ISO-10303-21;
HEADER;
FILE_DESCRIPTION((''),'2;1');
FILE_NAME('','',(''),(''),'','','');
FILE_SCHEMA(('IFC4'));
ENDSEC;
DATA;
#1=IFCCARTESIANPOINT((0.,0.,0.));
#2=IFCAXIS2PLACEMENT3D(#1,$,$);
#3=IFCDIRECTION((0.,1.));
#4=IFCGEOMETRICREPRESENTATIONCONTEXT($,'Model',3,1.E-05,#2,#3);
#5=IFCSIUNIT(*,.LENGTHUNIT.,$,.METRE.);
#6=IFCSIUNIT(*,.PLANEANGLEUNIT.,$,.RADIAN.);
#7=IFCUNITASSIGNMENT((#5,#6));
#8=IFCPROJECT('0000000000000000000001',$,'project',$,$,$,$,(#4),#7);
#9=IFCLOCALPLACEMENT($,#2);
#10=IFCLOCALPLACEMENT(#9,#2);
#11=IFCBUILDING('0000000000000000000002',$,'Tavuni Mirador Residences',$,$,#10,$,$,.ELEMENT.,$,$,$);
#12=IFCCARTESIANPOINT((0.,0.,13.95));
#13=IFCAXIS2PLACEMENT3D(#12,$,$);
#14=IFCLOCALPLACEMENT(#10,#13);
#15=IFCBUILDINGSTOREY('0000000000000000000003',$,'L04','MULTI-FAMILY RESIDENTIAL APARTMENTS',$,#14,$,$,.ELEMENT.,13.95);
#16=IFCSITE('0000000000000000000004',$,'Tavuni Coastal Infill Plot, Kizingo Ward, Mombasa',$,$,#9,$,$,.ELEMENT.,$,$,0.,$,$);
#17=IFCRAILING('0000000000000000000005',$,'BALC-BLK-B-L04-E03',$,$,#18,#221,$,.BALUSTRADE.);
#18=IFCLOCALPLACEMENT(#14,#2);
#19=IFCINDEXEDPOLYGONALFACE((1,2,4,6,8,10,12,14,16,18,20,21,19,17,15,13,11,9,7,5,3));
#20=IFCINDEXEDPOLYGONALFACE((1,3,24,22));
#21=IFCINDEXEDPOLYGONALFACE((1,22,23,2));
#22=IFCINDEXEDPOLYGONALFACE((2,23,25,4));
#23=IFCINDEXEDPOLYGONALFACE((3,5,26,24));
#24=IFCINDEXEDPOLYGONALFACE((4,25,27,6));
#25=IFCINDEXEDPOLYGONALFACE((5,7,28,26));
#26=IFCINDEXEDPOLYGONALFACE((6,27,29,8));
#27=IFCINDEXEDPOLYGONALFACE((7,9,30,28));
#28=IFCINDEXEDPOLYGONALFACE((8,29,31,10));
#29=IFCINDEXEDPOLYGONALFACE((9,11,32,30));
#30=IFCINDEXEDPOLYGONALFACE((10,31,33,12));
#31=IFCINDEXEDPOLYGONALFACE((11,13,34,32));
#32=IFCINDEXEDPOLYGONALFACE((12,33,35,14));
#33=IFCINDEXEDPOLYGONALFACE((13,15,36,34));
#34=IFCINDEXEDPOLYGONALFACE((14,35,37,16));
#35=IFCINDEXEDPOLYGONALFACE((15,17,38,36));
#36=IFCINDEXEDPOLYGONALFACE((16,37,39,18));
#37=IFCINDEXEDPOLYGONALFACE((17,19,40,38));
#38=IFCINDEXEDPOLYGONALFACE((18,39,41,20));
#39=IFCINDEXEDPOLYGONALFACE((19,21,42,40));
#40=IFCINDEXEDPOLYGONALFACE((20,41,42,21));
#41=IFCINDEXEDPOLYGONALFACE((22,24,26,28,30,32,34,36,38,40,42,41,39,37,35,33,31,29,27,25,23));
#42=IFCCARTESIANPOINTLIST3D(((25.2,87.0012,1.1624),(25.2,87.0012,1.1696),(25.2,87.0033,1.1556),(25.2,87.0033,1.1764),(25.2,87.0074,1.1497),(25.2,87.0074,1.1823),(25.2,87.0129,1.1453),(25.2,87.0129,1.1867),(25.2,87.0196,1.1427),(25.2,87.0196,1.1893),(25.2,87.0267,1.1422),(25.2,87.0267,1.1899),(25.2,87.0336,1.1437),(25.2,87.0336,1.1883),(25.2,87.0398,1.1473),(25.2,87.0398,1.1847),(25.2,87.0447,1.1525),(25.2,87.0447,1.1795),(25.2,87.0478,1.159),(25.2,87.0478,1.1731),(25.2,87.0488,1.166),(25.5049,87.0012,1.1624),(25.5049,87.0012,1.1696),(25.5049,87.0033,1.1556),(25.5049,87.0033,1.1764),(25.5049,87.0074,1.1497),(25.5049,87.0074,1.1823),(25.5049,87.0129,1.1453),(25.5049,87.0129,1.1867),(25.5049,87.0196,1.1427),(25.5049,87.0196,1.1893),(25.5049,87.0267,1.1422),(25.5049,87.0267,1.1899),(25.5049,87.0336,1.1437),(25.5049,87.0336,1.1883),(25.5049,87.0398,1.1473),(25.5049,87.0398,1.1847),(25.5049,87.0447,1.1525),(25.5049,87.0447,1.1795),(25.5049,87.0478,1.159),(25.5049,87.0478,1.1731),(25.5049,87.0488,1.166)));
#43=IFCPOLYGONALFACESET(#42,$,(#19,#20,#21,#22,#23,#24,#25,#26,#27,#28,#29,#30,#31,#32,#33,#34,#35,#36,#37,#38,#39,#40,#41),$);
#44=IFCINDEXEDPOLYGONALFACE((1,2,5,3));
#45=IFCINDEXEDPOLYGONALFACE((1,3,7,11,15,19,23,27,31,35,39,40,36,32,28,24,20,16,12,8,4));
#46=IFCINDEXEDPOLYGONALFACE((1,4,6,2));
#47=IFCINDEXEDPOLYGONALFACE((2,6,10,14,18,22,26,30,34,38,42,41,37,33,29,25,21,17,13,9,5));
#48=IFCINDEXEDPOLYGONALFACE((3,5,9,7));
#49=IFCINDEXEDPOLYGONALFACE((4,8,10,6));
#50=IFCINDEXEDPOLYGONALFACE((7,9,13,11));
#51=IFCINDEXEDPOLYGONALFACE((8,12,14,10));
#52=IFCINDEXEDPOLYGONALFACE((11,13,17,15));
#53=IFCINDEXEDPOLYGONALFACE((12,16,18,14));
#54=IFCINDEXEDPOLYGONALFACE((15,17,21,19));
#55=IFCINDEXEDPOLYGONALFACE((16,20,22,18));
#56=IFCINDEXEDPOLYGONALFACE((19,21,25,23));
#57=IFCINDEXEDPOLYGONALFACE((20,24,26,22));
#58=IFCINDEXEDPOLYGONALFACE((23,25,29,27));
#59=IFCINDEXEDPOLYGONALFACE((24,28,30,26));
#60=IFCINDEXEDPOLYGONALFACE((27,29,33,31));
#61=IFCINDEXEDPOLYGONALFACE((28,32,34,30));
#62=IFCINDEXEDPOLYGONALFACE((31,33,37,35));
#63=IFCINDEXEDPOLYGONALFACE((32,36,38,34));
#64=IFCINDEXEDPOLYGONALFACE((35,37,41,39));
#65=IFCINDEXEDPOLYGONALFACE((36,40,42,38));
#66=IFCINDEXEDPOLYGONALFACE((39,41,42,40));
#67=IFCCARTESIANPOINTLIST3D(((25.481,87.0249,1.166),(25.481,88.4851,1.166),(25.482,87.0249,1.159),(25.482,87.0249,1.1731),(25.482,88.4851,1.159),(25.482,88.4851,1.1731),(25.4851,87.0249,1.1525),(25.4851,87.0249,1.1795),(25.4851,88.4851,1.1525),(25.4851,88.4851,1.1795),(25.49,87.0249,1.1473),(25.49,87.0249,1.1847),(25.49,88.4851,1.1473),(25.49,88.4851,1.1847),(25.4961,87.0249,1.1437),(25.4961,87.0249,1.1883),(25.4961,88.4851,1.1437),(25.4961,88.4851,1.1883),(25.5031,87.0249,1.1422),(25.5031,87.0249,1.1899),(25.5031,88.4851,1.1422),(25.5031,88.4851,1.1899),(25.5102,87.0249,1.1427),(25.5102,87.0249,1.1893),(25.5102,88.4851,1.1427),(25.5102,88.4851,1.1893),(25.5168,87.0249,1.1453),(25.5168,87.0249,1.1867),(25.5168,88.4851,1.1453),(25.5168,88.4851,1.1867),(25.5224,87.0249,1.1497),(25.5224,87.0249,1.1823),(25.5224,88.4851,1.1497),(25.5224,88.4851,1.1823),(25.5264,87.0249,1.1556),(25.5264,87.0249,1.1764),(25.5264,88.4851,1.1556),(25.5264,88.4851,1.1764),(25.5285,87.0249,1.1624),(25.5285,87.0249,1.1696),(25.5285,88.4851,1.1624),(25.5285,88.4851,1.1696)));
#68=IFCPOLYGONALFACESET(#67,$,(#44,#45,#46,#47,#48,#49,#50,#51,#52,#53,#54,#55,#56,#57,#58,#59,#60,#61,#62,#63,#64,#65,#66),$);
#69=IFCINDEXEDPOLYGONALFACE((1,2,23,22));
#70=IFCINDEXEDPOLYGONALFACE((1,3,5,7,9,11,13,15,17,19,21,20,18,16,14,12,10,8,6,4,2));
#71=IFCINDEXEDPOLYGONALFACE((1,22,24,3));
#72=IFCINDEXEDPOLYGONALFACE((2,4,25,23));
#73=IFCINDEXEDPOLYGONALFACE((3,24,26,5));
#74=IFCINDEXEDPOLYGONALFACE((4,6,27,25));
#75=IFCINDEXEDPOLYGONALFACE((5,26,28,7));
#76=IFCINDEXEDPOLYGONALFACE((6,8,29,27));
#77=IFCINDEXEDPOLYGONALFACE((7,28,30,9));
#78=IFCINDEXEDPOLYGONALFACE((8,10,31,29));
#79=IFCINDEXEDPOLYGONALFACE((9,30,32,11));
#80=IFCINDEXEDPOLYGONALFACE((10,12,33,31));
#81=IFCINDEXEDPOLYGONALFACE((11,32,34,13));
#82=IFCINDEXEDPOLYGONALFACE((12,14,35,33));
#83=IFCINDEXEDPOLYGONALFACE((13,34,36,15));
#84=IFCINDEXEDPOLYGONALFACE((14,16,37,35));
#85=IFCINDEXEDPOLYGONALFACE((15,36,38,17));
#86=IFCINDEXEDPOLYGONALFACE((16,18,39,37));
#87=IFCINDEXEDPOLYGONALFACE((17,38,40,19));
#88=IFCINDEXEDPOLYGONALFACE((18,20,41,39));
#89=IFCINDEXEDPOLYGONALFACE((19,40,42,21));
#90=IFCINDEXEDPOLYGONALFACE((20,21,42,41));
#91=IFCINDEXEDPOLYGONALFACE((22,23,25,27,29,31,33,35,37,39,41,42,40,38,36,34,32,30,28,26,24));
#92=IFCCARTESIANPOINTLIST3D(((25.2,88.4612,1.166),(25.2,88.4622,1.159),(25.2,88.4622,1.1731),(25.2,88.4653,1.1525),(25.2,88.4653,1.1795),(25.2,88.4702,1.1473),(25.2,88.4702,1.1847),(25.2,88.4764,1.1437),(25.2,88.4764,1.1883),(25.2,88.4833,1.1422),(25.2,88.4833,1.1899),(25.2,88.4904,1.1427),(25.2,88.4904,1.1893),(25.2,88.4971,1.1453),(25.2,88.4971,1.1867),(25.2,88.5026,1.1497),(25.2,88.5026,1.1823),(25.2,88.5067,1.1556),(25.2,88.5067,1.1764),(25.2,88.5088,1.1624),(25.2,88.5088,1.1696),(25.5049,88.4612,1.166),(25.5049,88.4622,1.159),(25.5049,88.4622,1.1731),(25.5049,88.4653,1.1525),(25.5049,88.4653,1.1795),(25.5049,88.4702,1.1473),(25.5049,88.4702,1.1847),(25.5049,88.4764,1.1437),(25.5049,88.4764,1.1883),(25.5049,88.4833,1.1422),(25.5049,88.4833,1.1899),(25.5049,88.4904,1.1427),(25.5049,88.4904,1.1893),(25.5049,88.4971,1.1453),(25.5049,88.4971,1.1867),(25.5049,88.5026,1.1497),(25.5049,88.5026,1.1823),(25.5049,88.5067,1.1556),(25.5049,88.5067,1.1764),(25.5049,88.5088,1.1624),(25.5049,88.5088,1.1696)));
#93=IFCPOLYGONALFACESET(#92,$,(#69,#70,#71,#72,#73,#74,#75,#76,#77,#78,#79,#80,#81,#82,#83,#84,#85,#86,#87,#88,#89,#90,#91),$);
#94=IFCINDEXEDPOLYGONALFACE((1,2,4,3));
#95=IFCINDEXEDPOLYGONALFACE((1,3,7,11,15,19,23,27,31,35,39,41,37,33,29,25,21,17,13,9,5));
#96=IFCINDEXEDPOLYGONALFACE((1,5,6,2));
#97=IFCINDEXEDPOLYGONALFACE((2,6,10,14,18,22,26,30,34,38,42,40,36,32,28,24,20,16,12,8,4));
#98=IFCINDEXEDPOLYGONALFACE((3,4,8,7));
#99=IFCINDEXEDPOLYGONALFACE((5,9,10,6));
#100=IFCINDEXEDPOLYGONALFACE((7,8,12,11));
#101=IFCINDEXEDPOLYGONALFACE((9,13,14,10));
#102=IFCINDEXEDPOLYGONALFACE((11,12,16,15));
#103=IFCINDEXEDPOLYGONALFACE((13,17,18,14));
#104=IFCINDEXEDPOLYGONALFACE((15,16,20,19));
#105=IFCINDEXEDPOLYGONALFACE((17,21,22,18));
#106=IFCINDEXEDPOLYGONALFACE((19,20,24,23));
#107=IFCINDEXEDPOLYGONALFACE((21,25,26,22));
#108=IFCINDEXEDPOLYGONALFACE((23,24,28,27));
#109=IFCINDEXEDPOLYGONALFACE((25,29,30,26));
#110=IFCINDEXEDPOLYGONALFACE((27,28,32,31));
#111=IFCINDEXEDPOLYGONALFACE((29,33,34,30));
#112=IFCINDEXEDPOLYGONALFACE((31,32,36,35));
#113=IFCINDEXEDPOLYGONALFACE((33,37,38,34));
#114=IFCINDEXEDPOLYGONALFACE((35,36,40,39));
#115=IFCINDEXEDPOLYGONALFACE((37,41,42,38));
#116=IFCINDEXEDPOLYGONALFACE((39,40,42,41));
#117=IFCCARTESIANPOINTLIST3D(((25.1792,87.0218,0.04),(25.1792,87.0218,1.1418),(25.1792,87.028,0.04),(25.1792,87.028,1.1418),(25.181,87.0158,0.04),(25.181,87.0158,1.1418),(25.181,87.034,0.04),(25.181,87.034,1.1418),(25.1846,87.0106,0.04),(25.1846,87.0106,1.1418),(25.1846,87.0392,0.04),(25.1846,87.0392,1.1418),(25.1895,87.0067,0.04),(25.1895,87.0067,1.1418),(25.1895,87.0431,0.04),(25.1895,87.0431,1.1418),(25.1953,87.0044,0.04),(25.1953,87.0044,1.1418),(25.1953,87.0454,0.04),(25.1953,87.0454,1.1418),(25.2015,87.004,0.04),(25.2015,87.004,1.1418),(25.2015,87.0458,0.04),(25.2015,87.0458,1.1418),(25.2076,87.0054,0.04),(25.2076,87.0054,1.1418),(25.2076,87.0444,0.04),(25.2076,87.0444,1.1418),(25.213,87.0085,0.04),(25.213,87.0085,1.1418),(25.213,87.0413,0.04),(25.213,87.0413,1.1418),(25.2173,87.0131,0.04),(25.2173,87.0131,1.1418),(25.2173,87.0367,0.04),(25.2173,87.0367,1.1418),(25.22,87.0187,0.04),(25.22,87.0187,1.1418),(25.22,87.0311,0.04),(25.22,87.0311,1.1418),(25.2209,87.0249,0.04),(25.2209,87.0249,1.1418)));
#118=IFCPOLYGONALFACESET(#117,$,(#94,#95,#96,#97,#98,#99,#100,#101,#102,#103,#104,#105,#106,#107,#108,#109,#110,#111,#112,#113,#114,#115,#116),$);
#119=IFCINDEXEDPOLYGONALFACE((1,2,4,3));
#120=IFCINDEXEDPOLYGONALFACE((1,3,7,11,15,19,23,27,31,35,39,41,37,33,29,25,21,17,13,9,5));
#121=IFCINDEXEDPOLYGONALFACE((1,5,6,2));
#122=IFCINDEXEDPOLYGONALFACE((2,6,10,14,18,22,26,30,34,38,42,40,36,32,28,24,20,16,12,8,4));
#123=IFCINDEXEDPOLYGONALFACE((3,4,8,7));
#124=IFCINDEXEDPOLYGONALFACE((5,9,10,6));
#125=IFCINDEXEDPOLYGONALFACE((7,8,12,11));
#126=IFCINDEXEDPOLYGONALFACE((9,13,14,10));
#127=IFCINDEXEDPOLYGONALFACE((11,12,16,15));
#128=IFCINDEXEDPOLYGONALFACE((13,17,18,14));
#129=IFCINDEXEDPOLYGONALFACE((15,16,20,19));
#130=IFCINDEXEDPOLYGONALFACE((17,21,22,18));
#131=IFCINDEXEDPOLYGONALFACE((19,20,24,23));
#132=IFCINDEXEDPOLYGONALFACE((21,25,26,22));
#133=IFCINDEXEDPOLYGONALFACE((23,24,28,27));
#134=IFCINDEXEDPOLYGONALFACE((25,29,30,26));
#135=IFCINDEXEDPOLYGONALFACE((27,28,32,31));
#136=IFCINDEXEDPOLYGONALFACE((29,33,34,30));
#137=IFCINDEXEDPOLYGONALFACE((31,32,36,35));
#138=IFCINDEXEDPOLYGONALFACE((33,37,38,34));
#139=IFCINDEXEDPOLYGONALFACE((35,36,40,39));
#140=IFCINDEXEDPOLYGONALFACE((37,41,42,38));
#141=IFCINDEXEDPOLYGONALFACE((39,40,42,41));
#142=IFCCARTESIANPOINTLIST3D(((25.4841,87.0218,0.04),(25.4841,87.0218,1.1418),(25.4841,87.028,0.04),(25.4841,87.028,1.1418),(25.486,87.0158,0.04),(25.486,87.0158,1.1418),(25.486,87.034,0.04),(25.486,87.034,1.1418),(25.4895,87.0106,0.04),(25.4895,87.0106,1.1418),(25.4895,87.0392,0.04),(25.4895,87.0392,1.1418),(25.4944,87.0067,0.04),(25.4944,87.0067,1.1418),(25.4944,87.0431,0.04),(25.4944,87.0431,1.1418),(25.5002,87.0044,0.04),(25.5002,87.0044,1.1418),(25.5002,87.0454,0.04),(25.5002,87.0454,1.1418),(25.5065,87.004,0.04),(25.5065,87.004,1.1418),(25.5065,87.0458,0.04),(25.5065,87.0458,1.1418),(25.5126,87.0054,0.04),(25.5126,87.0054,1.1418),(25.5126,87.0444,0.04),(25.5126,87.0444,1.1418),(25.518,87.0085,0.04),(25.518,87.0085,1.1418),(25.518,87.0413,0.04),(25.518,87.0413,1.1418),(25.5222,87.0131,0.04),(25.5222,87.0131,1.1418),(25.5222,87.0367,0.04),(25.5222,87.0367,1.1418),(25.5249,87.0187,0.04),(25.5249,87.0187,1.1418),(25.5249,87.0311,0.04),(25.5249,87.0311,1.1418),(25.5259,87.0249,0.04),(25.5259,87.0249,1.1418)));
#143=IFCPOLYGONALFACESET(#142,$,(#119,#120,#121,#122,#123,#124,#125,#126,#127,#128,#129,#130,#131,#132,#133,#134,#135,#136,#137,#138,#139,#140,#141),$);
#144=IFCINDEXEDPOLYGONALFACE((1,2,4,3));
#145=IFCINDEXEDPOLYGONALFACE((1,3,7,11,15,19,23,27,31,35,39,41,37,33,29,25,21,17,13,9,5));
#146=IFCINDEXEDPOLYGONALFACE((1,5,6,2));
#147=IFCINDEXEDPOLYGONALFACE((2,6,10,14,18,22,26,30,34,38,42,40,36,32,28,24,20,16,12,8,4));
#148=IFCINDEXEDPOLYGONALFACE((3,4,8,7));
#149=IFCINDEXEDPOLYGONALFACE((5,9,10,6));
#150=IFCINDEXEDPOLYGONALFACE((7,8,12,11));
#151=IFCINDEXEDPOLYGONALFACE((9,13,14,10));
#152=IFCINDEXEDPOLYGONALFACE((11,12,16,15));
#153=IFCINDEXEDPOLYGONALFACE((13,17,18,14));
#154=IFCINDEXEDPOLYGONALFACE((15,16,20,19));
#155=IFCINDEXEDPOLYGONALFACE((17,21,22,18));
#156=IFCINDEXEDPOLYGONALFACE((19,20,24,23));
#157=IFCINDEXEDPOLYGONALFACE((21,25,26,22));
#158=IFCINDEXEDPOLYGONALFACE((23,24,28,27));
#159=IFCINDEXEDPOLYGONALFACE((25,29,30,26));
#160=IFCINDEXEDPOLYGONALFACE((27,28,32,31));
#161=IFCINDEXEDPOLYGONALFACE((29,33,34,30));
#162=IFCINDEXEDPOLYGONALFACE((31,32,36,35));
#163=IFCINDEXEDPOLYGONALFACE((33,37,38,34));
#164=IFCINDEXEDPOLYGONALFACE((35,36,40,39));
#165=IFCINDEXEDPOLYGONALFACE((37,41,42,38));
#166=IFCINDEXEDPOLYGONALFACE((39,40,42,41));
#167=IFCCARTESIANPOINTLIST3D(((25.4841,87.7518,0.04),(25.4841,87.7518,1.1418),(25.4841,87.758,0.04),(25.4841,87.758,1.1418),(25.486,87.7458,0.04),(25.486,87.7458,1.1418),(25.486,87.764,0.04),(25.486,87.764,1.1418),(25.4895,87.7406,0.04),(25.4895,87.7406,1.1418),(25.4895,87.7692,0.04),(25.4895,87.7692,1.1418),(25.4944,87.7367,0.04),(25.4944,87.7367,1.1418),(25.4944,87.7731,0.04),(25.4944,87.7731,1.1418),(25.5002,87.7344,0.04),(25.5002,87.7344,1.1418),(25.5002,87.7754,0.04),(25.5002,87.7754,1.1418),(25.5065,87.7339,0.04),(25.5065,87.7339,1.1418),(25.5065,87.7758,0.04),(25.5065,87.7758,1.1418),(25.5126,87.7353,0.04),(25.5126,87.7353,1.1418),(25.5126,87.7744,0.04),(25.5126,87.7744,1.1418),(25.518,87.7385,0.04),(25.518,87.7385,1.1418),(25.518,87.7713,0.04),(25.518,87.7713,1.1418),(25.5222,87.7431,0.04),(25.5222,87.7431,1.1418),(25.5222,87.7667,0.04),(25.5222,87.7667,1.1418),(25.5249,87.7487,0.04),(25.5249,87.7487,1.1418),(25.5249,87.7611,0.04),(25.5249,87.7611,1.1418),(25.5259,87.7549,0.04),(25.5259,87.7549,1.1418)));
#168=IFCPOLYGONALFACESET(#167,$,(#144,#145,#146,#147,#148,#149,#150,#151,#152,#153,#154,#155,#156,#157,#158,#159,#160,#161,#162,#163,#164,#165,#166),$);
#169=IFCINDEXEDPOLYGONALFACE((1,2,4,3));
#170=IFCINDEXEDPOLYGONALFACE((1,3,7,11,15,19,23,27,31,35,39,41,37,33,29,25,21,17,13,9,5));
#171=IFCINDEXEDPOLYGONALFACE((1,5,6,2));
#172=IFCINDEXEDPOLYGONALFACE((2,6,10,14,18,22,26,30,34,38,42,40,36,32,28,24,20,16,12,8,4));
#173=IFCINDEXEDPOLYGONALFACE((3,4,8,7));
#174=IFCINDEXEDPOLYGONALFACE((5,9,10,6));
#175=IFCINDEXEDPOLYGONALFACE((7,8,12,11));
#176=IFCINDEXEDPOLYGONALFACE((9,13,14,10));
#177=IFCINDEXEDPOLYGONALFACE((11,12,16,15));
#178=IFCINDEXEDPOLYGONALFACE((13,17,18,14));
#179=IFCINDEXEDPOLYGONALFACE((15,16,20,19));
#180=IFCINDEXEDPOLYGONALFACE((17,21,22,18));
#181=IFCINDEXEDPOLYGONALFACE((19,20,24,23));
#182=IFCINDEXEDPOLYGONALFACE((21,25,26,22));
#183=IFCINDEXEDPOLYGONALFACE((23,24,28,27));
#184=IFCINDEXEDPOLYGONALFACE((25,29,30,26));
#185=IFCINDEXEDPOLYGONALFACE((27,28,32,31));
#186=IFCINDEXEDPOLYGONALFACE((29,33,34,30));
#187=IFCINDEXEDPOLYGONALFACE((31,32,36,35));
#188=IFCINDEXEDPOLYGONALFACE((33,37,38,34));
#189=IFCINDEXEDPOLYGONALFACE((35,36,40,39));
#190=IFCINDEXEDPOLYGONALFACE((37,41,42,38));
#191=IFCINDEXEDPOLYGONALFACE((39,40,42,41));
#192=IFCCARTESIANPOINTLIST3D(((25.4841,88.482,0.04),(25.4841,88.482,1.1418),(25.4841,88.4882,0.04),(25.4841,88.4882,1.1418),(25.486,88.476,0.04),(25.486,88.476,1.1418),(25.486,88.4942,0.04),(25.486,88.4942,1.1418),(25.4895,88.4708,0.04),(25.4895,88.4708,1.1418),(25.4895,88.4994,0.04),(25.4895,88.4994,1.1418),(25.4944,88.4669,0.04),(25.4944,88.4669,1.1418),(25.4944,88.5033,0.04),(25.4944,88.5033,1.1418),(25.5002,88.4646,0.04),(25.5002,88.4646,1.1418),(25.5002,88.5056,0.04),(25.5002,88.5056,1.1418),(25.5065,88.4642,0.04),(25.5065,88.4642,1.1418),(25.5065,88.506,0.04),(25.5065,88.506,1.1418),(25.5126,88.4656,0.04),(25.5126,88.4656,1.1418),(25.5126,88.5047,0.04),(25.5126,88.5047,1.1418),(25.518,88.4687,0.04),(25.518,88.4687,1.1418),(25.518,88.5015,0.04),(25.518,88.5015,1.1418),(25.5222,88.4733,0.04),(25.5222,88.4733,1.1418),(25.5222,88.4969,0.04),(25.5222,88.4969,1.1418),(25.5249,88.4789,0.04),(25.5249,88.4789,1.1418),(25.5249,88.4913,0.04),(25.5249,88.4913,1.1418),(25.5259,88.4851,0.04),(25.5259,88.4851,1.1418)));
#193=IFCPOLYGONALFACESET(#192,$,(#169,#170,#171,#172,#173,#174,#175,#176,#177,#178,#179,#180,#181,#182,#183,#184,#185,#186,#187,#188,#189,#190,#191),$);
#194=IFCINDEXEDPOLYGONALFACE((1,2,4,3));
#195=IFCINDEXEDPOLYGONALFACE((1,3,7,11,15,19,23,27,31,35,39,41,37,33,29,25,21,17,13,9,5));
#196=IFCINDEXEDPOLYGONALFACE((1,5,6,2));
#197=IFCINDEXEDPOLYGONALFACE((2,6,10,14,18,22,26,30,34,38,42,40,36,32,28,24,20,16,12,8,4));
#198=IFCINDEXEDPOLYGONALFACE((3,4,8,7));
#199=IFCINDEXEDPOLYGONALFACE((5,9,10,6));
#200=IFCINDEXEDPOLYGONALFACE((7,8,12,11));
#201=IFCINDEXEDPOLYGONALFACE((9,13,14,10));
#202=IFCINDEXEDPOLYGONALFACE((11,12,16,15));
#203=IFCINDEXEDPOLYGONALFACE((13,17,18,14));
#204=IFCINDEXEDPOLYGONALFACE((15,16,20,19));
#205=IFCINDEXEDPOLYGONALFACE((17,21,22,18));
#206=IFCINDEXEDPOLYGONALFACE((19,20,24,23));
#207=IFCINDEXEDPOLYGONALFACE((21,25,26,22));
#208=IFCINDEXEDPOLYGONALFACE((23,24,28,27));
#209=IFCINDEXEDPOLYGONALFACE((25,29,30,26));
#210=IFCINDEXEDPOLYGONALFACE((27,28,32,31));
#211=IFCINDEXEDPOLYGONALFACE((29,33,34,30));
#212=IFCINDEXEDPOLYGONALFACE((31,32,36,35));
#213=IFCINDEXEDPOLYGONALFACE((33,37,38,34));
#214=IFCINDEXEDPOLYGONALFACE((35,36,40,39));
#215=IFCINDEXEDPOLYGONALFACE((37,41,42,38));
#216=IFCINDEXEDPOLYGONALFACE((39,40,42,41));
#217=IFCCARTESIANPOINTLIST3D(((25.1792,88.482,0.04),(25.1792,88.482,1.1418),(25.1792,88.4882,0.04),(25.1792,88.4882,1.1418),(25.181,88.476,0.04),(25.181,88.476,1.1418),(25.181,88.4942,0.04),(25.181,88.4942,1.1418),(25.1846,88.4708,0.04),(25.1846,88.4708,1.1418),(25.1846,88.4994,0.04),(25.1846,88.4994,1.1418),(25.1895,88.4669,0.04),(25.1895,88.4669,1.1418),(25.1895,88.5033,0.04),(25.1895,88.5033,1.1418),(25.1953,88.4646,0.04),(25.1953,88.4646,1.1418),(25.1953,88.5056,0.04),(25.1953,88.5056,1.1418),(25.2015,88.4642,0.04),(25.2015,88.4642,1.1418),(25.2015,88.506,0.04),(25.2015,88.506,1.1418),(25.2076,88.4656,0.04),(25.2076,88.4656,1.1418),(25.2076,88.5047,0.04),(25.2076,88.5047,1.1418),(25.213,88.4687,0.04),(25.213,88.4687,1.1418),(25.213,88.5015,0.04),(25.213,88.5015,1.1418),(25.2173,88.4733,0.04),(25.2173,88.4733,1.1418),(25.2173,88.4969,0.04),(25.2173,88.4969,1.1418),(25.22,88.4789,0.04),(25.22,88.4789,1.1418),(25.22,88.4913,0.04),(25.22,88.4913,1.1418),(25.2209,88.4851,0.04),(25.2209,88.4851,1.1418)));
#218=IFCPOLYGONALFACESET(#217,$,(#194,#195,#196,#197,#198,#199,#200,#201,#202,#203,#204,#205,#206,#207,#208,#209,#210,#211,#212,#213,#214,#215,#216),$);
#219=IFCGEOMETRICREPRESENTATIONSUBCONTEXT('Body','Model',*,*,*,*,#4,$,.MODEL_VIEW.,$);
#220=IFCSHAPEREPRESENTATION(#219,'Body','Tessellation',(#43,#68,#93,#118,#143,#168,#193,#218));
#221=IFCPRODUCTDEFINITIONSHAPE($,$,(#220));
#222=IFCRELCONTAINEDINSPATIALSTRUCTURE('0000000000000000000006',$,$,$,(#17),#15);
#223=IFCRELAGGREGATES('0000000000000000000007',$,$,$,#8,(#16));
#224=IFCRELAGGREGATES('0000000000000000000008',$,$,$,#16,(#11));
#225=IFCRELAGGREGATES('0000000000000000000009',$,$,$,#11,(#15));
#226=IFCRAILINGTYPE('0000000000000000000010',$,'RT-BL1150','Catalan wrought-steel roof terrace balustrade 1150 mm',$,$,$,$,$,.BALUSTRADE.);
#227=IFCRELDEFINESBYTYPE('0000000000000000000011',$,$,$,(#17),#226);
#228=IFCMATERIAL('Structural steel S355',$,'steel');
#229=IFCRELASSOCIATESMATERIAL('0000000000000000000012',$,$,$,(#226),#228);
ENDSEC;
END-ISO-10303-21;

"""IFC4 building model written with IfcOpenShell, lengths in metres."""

from ifc_helpers import new_model, si_unit, direction, frame, origin, origin_2d, place, context, subcontext, project, spatial, circle, extrude, material, type_object, element, save


model = new_model("IFC4")

# Units and contexts
model_context = context("Model", 3, precision=1e-05, world=origin(), true_north=direction((0.0, 1.0)))
body_context = subcontext(model_context, "Body", "Model", "MODEL_VIEW")
ifc_project = project(units=[si_unit("LENGTHUNIT", "METRE"), si_unit("PLANEANGLEUNIT", "RADIAN")], contexts=[model_context])

# Site, building, storey
site_placement = place(None, origin())
site = spatial("IfcSite", under=ifc_project, at=site_placement, Name="Tavuni Coastal Infill Plot, Kizingo Ward, Mombasa", CompositionType="ELEMENT", RefElevation=0.0)
building_placement = place(site_placement, origin())
building = spatial("IfcBuilding", under=site, at=building_placement, Name="Tavuni Mirador Residences", CompositionType="ELEMENT")
storey_placement = place(building_placement, frame((0.0, 0.0, 13.95)))
storey = spatial("IfcBuildingStorey", under=building, at=storey_placement, Name="L04", Description="MULTI-FAMILY RESIDENTIAL APARTMENTS", CompositionType="ELEMENT", Elevation=13.95)

# Railing
ifc_material_1 = material(Name="Structural steel S355", Category="steel")
railing_type = type_object("IfcRailingType", Name="RT-BL1150", Description="Catalan wrought-steel roof terrace balustrade 1150 mm", PredefinedType="BALUSTRADE", material=ifc_material_1)
railing_placement = place(storey_placement, frame((25.2, 87.0249, 0.04)))
element("IfcRailing", 1, at=railing_placement, inside=storey, type_object=railing_type, Name="BALC-BLK-B-L04-E03", PredefinedType="BALUSTRADE", context=body_context, shape_type="SweptSolid", body=[
    extrude(circle(Radius=0.0239, at=origin_2d()), frame((0.0, 0.0, 1.126), z_axis=(1.0, 0.0, 0.0), x_axis=(0.0, 1.0, 0.0)), (0.0, 0.0, 1.0), 0.3049),
    extrude(circle(Radius=0.0239, at=origin_2d()), frame((0.3049, 0.0, 1.126), z_axis=(0.0, 1.0, 0.0), x_axis=(-1.0, 0.0, 0.0)), (0.0, 0.0, 1.0), 1.4602),
    extrude(circle(Radius=0.0239, at=origin_2d()), frame((0.3049, 1.4602, 1.126), z_axis=(-1.0, 0.0, 0.0), x_axis=(0.0, -1.0, 0.0)), (0.0, 0.0, 1.0), 0.3049),
    extrude(circle(Radius=0.021, at=origin_2d()), origin(), (0.0, 0.0, 1.0), 1.1018),
    extrude(circle(Radius=0.021, at=origin_2d()), frame((0.3049, 0.0, 0.0)), (0.0, 0.0, 1.0), 1.1018),
    extrude(circle(Radius=0.021, at=origin_2d()), frame((0.3049, 0.73, 0.0)), (0.0, 0.0, 1.0), 1.1018),
    extrude(circle(Radius=0.021, at=origin_2d()), frame((0.3049, 1.4602, 0.0)), (0.0, 0.0, 1.0), 1.1018),
    extrude(circle(Radius=0.021, at=origin_2d()), frame((0.0, 1.4602, 0.0)), (0.0, 0.0, 1.0), 1.1018),
])

save(model, "model.ifc")
